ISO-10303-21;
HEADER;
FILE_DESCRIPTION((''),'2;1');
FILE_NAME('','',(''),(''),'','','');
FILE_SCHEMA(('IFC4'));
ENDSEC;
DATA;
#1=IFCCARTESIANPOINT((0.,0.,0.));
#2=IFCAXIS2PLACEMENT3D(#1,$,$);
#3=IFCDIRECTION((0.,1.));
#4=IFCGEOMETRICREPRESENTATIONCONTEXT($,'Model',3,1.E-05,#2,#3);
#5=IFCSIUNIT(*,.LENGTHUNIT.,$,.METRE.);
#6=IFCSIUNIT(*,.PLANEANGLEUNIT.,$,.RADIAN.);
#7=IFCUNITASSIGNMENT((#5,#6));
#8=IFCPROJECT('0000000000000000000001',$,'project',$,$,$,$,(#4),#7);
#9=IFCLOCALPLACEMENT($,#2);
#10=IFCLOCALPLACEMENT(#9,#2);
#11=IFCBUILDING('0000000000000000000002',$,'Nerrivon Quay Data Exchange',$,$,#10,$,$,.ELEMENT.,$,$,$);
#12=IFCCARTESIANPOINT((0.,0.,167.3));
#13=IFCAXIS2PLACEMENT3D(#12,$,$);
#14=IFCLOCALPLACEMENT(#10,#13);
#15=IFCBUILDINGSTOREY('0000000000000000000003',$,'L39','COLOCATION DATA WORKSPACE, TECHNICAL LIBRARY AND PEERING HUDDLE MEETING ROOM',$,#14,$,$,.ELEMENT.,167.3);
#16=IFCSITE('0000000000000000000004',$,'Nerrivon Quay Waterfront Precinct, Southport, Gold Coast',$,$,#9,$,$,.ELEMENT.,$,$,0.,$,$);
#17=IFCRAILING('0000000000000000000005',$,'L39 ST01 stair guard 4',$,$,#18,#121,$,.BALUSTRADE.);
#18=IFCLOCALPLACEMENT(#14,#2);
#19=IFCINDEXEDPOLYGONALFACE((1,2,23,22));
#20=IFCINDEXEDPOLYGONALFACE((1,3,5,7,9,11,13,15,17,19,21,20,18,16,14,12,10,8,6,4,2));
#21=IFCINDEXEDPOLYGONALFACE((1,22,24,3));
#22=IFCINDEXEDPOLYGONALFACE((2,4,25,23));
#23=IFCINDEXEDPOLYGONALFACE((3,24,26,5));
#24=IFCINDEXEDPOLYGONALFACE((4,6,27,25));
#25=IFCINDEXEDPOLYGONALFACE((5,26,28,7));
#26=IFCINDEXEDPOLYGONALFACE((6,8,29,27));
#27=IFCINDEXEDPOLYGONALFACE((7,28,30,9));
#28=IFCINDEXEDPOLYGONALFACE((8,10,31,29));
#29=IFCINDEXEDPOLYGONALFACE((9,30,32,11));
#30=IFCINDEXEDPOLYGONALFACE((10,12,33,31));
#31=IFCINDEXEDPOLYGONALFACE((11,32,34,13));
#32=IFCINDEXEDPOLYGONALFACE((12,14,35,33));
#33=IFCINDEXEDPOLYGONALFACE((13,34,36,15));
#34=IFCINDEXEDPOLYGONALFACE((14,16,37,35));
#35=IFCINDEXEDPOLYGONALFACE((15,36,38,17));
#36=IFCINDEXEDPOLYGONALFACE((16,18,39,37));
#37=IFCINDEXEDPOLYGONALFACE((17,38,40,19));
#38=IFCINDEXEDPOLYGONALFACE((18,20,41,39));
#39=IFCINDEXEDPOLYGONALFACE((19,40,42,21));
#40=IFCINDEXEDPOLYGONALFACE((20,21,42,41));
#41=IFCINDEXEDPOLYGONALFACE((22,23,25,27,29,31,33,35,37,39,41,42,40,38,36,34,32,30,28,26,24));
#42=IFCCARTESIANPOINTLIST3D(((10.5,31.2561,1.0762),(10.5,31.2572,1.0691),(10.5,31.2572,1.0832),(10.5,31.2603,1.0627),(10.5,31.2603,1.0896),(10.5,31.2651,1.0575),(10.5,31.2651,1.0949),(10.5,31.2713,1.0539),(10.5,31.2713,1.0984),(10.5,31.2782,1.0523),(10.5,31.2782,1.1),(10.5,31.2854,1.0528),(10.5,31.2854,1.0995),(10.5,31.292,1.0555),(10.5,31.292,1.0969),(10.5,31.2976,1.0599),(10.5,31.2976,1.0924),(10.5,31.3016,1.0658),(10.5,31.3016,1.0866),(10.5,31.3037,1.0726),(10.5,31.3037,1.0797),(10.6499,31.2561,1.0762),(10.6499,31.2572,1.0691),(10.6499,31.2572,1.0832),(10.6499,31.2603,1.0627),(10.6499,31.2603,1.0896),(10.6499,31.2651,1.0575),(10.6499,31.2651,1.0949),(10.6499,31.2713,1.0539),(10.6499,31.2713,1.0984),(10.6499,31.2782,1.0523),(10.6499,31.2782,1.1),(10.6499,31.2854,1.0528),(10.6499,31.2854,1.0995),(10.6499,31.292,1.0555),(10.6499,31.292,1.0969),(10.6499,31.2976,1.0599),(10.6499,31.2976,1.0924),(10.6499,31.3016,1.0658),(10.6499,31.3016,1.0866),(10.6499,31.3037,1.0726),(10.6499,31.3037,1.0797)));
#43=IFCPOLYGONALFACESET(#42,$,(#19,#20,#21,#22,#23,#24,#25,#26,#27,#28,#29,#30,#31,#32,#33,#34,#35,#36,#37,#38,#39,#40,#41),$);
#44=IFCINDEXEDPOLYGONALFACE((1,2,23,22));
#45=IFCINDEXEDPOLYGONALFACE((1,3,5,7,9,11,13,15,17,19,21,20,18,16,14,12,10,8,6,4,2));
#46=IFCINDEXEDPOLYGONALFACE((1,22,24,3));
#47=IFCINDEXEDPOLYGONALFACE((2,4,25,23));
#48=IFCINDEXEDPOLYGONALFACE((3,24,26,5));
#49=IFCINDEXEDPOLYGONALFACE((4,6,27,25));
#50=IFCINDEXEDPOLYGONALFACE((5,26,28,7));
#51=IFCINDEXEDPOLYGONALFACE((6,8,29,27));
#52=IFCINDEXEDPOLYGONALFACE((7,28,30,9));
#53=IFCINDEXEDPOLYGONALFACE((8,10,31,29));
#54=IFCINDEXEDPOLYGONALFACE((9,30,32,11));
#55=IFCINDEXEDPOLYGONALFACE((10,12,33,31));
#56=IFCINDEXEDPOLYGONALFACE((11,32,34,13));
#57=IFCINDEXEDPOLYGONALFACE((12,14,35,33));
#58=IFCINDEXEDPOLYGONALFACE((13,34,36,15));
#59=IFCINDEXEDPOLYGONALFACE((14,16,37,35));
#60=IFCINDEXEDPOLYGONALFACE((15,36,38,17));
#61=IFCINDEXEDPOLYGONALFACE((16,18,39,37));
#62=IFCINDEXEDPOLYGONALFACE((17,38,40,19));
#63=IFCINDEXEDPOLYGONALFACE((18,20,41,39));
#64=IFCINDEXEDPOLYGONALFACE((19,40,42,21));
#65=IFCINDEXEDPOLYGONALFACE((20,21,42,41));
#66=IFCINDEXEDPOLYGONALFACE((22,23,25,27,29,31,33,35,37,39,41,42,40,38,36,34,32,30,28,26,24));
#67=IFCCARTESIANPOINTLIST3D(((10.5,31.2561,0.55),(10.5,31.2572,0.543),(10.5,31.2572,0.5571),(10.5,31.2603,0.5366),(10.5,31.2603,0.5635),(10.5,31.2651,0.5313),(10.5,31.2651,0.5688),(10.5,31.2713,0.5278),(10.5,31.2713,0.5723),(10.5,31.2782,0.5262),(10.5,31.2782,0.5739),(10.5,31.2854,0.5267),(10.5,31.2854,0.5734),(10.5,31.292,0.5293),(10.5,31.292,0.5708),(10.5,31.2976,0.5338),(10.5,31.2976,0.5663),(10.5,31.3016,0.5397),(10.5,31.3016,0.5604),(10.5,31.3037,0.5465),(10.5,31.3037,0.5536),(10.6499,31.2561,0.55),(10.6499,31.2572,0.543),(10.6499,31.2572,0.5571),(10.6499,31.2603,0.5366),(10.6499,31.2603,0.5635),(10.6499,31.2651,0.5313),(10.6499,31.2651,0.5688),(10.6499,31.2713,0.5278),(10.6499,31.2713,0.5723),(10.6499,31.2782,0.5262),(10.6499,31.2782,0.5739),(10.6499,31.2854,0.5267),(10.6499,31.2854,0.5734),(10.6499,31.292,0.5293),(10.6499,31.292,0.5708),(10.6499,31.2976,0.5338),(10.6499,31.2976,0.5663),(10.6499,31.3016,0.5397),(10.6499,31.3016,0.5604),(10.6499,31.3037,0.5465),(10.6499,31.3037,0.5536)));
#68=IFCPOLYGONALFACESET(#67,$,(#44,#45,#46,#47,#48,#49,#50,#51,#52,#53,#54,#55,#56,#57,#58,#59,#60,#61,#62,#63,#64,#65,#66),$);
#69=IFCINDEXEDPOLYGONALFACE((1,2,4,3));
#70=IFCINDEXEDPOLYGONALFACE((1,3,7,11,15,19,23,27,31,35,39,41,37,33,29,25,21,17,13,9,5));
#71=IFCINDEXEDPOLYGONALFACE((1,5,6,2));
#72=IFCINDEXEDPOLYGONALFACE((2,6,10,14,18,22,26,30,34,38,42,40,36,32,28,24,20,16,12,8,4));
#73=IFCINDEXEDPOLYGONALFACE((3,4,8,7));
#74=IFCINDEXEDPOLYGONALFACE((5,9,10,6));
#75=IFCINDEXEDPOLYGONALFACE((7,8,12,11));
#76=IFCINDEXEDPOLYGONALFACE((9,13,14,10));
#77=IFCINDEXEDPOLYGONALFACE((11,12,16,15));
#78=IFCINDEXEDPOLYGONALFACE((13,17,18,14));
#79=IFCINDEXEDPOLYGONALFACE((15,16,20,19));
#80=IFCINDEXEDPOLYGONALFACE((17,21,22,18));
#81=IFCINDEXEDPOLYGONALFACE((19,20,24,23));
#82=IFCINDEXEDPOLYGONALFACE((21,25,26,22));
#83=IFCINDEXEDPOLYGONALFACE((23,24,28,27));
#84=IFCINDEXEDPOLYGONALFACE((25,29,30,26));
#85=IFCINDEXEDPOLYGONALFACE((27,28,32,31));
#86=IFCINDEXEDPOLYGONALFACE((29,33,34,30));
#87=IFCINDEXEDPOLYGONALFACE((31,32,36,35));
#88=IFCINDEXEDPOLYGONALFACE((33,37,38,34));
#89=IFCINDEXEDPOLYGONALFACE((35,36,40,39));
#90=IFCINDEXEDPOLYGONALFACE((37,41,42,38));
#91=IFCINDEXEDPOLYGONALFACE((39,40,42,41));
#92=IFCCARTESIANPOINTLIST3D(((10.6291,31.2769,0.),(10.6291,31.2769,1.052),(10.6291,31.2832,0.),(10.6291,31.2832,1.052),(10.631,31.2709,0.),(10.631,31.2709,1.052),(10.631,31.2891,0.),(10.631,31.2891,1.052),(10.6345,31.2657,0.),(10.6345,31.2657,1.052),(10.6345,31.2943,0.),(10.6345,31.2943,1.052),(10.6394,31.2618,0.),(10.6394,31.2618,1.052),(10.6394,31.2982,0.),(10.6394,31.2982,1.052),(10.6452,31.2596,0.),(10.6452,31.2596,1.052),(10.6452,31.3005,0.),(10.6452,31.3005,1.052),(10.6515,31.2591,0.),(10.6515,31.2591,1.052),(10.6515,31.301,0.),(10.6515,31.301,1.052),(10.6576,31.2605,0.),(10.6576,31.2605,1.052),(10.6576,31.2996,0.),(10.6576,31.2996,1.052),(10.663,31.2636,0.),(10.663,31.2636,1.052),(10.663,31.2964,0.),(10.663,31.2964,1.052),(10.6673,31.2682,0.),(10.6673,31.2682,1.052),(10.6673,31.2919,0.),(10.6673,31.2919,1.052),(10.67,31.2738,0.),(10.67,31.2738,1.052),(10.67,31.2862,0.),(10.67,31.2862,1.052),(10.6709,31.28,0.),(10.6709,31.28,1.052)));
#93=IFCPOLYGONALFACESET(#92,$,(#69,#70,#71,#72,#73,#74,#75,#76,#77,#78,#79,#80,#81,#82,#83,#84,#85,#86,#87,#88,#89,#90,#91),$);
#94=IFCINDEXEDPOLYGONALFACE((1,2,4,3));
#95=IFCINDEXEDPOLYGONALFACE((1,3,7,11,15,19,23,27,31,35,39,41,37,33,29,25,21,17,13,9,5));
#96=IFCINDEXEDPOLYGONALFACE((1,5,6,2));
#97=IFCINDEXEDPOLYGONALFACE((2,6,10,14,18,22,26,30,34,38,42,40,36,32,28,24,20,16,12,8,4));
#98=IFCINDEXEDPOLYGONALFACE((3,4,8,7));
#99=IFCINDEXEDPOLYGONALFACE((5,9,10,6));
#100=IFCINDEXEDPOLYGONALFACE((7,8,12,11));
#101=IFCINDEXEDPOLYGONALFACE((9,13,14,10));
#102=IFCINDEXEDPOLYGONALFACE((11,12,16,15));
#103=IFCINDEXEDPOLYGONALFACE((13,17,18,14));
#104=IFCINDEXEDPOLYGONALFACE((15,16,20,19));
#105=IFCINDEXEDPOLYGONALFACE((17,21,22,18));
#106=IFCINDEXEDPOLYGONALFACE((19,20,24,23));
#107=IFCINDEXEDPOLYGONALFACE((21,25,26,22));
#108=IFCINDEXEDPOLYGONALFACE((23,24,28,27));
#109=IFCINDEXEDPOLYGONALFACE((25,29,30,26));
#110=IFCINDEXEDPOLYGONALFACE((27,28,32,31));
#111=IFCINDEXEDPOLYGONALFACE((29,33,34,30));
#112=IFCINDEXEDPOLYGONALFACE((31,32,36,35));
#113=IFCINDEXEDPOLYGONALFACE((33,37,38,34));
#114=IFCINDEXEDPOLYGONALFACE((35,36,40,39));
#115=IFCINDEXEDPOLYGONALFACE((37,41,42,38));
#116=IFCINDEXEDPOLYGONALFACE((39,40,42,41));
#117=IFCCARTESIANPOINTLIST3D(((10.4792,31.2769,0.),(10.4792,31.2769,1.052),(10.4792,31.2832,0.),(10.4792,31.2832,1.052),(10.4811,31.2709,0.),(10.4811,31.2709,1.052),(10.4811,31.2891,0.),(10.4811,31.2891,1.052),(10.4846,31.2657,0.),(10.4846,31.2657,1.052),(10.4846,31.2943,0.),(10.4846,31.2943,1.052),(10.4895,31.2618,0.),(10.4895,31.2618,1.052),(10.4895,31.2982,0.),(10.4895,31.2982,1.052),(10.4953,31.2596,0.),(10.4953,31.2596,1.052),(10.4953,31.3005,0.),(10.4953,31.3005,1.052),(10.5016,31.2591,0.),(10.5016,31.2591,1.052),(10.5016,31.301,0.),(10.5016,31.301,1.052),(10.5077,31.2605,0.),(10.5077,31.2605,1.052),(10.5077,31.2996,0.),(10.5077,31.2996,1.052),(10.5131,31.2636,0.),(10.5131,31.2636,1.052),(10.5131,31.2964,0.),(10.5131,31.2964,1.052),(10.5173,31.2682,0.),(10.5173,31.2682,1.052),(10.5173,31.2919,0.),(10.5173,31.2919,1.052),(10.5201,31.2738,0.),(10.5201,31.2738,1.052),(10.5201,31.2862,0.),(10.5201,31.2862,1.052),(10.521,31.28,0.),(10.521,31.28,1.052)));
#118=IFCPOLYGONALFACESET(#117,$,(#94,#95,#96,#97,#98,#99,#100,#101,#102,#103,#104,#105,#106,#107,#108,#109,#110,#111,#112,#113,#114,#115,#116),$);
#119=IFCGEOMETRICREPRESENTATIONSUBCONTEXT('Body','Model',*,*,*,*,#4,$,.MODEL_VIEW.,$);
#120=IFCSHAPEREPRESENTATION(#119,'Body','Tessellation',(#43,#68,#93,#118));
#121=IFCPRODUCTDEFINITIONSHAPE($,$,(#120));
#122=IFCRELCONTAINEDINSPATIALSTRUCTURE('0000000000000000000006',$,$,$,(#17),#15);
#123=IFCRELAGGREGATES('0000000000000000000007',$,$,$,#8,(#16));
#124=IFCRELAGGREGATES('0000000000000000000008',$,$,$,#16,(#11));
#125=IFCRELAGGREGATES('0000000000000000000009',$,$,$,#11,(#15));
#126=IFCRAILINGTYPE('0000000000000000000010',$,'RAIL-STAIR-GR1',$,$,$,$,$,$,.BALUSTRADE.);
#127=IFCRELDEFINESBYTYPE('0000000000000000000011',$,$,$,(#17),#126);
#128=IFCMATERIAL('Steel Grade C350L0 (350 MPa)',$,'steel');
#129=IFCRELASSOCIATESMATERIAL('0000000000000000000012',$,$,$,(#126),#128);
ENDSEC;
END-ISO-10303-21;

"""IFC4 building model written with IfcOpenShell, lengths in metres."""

from ifc_helpers import new_model, si_unit, direction, frame, origin, origin_2d, place, context, subcontext, project, spatial, circle, extrude, material, type_object, element, save


model = new_model("IFC4")

# Units and contexts
model_context = context("Model", 3, precision=1e-05, world=origin(), true_north=direction((0.0, 1.0)))
body_context = subcontext(model_context, "Body", "Model", "MODEL_VIEW")
ifc_project = project(units=[si_unit("LENGTHUNIT", "METRE"), si_unit("PLANEANGLEUNIT", "RADIAN")], contexts=[model_context])

# Site, building, storey
site_placement = place(None, origin())
site = spatial("IfcSite", under=ifc_project, at=site_placement, Name="Nerrivon Quay Waterfront Precinct, Southport, Gold Coast", CompositionType="ELEMENT", RefElevation=0.0)
building_placement = place(site_placement, origin())
building = spatial("IfcBuilding", under=site, at=building_placement, Name="Nerrivon Quay Data Exchange", CompositionType="ELEMENT")
storey_placement = place(building_placement, frame((0.0, 0.0, 167.3)))
storey = spatial("IfcBuildingStorey", under=building, at=storey_placement, Name="L39", Description="COLOCATION DATA WORKSPACE, TECHNICAL LIBRARY AND PEERING HUDDLE MEETING ROOM", CompositionType="ELEMENT", Elevation=167.3)

# Railing
ifc_material_1 = material(Name="Steel Grade C350L0 (350 MPa)", Category="steel")
railing_type_1 = type_object("IfcRailingType", Name="RAIL-STAIR-GR1", PredefinedType="BALUSTRADE", material=ifc_material_1)
railing_1_placement = place(storey_placement, frame((10.6499, 31.28, 0.0)))
element("IfcRailing", 1, at=railing_1_placement, inside=storey, type_object=railing_type_1, Name="L39 ST01 stair guard 4", PredefinedType="BALUSTRADE", context=body_context, shape_type="SweptSolid", body=[
    extrude(circle(Radius=0.0239, at=origin_2d()), frame((0.0, 0.0, 1.0762), z_axis=(-1.0, 0.0, 0.0), x_axis=(0.0, -1.0, 0.0)), (0.0, 0.0, 1.0), 0.1499),
    extrude(circle(Radius=0.0239, at=origin_2d()), frame((0.0, 0.0, 0.55), z_axis=(-1.0, 0.0, 0.0), x_axis=(0.0, -1.0, 0.0)), (0.0, 0.0, 1.0), 0.1499),
    extrude(circle(Radius=0.021, at=origin_2d()), origin(), (0.0, 0.0, 1.0), 1.052),
    extrude(circle(Radius=0.021, at=origin_2d()), frame((-0.1499, 0.0, 0.0)), (0.0, 0.0, 1.0), 1.052),
])

save(model, "model.ifc")
